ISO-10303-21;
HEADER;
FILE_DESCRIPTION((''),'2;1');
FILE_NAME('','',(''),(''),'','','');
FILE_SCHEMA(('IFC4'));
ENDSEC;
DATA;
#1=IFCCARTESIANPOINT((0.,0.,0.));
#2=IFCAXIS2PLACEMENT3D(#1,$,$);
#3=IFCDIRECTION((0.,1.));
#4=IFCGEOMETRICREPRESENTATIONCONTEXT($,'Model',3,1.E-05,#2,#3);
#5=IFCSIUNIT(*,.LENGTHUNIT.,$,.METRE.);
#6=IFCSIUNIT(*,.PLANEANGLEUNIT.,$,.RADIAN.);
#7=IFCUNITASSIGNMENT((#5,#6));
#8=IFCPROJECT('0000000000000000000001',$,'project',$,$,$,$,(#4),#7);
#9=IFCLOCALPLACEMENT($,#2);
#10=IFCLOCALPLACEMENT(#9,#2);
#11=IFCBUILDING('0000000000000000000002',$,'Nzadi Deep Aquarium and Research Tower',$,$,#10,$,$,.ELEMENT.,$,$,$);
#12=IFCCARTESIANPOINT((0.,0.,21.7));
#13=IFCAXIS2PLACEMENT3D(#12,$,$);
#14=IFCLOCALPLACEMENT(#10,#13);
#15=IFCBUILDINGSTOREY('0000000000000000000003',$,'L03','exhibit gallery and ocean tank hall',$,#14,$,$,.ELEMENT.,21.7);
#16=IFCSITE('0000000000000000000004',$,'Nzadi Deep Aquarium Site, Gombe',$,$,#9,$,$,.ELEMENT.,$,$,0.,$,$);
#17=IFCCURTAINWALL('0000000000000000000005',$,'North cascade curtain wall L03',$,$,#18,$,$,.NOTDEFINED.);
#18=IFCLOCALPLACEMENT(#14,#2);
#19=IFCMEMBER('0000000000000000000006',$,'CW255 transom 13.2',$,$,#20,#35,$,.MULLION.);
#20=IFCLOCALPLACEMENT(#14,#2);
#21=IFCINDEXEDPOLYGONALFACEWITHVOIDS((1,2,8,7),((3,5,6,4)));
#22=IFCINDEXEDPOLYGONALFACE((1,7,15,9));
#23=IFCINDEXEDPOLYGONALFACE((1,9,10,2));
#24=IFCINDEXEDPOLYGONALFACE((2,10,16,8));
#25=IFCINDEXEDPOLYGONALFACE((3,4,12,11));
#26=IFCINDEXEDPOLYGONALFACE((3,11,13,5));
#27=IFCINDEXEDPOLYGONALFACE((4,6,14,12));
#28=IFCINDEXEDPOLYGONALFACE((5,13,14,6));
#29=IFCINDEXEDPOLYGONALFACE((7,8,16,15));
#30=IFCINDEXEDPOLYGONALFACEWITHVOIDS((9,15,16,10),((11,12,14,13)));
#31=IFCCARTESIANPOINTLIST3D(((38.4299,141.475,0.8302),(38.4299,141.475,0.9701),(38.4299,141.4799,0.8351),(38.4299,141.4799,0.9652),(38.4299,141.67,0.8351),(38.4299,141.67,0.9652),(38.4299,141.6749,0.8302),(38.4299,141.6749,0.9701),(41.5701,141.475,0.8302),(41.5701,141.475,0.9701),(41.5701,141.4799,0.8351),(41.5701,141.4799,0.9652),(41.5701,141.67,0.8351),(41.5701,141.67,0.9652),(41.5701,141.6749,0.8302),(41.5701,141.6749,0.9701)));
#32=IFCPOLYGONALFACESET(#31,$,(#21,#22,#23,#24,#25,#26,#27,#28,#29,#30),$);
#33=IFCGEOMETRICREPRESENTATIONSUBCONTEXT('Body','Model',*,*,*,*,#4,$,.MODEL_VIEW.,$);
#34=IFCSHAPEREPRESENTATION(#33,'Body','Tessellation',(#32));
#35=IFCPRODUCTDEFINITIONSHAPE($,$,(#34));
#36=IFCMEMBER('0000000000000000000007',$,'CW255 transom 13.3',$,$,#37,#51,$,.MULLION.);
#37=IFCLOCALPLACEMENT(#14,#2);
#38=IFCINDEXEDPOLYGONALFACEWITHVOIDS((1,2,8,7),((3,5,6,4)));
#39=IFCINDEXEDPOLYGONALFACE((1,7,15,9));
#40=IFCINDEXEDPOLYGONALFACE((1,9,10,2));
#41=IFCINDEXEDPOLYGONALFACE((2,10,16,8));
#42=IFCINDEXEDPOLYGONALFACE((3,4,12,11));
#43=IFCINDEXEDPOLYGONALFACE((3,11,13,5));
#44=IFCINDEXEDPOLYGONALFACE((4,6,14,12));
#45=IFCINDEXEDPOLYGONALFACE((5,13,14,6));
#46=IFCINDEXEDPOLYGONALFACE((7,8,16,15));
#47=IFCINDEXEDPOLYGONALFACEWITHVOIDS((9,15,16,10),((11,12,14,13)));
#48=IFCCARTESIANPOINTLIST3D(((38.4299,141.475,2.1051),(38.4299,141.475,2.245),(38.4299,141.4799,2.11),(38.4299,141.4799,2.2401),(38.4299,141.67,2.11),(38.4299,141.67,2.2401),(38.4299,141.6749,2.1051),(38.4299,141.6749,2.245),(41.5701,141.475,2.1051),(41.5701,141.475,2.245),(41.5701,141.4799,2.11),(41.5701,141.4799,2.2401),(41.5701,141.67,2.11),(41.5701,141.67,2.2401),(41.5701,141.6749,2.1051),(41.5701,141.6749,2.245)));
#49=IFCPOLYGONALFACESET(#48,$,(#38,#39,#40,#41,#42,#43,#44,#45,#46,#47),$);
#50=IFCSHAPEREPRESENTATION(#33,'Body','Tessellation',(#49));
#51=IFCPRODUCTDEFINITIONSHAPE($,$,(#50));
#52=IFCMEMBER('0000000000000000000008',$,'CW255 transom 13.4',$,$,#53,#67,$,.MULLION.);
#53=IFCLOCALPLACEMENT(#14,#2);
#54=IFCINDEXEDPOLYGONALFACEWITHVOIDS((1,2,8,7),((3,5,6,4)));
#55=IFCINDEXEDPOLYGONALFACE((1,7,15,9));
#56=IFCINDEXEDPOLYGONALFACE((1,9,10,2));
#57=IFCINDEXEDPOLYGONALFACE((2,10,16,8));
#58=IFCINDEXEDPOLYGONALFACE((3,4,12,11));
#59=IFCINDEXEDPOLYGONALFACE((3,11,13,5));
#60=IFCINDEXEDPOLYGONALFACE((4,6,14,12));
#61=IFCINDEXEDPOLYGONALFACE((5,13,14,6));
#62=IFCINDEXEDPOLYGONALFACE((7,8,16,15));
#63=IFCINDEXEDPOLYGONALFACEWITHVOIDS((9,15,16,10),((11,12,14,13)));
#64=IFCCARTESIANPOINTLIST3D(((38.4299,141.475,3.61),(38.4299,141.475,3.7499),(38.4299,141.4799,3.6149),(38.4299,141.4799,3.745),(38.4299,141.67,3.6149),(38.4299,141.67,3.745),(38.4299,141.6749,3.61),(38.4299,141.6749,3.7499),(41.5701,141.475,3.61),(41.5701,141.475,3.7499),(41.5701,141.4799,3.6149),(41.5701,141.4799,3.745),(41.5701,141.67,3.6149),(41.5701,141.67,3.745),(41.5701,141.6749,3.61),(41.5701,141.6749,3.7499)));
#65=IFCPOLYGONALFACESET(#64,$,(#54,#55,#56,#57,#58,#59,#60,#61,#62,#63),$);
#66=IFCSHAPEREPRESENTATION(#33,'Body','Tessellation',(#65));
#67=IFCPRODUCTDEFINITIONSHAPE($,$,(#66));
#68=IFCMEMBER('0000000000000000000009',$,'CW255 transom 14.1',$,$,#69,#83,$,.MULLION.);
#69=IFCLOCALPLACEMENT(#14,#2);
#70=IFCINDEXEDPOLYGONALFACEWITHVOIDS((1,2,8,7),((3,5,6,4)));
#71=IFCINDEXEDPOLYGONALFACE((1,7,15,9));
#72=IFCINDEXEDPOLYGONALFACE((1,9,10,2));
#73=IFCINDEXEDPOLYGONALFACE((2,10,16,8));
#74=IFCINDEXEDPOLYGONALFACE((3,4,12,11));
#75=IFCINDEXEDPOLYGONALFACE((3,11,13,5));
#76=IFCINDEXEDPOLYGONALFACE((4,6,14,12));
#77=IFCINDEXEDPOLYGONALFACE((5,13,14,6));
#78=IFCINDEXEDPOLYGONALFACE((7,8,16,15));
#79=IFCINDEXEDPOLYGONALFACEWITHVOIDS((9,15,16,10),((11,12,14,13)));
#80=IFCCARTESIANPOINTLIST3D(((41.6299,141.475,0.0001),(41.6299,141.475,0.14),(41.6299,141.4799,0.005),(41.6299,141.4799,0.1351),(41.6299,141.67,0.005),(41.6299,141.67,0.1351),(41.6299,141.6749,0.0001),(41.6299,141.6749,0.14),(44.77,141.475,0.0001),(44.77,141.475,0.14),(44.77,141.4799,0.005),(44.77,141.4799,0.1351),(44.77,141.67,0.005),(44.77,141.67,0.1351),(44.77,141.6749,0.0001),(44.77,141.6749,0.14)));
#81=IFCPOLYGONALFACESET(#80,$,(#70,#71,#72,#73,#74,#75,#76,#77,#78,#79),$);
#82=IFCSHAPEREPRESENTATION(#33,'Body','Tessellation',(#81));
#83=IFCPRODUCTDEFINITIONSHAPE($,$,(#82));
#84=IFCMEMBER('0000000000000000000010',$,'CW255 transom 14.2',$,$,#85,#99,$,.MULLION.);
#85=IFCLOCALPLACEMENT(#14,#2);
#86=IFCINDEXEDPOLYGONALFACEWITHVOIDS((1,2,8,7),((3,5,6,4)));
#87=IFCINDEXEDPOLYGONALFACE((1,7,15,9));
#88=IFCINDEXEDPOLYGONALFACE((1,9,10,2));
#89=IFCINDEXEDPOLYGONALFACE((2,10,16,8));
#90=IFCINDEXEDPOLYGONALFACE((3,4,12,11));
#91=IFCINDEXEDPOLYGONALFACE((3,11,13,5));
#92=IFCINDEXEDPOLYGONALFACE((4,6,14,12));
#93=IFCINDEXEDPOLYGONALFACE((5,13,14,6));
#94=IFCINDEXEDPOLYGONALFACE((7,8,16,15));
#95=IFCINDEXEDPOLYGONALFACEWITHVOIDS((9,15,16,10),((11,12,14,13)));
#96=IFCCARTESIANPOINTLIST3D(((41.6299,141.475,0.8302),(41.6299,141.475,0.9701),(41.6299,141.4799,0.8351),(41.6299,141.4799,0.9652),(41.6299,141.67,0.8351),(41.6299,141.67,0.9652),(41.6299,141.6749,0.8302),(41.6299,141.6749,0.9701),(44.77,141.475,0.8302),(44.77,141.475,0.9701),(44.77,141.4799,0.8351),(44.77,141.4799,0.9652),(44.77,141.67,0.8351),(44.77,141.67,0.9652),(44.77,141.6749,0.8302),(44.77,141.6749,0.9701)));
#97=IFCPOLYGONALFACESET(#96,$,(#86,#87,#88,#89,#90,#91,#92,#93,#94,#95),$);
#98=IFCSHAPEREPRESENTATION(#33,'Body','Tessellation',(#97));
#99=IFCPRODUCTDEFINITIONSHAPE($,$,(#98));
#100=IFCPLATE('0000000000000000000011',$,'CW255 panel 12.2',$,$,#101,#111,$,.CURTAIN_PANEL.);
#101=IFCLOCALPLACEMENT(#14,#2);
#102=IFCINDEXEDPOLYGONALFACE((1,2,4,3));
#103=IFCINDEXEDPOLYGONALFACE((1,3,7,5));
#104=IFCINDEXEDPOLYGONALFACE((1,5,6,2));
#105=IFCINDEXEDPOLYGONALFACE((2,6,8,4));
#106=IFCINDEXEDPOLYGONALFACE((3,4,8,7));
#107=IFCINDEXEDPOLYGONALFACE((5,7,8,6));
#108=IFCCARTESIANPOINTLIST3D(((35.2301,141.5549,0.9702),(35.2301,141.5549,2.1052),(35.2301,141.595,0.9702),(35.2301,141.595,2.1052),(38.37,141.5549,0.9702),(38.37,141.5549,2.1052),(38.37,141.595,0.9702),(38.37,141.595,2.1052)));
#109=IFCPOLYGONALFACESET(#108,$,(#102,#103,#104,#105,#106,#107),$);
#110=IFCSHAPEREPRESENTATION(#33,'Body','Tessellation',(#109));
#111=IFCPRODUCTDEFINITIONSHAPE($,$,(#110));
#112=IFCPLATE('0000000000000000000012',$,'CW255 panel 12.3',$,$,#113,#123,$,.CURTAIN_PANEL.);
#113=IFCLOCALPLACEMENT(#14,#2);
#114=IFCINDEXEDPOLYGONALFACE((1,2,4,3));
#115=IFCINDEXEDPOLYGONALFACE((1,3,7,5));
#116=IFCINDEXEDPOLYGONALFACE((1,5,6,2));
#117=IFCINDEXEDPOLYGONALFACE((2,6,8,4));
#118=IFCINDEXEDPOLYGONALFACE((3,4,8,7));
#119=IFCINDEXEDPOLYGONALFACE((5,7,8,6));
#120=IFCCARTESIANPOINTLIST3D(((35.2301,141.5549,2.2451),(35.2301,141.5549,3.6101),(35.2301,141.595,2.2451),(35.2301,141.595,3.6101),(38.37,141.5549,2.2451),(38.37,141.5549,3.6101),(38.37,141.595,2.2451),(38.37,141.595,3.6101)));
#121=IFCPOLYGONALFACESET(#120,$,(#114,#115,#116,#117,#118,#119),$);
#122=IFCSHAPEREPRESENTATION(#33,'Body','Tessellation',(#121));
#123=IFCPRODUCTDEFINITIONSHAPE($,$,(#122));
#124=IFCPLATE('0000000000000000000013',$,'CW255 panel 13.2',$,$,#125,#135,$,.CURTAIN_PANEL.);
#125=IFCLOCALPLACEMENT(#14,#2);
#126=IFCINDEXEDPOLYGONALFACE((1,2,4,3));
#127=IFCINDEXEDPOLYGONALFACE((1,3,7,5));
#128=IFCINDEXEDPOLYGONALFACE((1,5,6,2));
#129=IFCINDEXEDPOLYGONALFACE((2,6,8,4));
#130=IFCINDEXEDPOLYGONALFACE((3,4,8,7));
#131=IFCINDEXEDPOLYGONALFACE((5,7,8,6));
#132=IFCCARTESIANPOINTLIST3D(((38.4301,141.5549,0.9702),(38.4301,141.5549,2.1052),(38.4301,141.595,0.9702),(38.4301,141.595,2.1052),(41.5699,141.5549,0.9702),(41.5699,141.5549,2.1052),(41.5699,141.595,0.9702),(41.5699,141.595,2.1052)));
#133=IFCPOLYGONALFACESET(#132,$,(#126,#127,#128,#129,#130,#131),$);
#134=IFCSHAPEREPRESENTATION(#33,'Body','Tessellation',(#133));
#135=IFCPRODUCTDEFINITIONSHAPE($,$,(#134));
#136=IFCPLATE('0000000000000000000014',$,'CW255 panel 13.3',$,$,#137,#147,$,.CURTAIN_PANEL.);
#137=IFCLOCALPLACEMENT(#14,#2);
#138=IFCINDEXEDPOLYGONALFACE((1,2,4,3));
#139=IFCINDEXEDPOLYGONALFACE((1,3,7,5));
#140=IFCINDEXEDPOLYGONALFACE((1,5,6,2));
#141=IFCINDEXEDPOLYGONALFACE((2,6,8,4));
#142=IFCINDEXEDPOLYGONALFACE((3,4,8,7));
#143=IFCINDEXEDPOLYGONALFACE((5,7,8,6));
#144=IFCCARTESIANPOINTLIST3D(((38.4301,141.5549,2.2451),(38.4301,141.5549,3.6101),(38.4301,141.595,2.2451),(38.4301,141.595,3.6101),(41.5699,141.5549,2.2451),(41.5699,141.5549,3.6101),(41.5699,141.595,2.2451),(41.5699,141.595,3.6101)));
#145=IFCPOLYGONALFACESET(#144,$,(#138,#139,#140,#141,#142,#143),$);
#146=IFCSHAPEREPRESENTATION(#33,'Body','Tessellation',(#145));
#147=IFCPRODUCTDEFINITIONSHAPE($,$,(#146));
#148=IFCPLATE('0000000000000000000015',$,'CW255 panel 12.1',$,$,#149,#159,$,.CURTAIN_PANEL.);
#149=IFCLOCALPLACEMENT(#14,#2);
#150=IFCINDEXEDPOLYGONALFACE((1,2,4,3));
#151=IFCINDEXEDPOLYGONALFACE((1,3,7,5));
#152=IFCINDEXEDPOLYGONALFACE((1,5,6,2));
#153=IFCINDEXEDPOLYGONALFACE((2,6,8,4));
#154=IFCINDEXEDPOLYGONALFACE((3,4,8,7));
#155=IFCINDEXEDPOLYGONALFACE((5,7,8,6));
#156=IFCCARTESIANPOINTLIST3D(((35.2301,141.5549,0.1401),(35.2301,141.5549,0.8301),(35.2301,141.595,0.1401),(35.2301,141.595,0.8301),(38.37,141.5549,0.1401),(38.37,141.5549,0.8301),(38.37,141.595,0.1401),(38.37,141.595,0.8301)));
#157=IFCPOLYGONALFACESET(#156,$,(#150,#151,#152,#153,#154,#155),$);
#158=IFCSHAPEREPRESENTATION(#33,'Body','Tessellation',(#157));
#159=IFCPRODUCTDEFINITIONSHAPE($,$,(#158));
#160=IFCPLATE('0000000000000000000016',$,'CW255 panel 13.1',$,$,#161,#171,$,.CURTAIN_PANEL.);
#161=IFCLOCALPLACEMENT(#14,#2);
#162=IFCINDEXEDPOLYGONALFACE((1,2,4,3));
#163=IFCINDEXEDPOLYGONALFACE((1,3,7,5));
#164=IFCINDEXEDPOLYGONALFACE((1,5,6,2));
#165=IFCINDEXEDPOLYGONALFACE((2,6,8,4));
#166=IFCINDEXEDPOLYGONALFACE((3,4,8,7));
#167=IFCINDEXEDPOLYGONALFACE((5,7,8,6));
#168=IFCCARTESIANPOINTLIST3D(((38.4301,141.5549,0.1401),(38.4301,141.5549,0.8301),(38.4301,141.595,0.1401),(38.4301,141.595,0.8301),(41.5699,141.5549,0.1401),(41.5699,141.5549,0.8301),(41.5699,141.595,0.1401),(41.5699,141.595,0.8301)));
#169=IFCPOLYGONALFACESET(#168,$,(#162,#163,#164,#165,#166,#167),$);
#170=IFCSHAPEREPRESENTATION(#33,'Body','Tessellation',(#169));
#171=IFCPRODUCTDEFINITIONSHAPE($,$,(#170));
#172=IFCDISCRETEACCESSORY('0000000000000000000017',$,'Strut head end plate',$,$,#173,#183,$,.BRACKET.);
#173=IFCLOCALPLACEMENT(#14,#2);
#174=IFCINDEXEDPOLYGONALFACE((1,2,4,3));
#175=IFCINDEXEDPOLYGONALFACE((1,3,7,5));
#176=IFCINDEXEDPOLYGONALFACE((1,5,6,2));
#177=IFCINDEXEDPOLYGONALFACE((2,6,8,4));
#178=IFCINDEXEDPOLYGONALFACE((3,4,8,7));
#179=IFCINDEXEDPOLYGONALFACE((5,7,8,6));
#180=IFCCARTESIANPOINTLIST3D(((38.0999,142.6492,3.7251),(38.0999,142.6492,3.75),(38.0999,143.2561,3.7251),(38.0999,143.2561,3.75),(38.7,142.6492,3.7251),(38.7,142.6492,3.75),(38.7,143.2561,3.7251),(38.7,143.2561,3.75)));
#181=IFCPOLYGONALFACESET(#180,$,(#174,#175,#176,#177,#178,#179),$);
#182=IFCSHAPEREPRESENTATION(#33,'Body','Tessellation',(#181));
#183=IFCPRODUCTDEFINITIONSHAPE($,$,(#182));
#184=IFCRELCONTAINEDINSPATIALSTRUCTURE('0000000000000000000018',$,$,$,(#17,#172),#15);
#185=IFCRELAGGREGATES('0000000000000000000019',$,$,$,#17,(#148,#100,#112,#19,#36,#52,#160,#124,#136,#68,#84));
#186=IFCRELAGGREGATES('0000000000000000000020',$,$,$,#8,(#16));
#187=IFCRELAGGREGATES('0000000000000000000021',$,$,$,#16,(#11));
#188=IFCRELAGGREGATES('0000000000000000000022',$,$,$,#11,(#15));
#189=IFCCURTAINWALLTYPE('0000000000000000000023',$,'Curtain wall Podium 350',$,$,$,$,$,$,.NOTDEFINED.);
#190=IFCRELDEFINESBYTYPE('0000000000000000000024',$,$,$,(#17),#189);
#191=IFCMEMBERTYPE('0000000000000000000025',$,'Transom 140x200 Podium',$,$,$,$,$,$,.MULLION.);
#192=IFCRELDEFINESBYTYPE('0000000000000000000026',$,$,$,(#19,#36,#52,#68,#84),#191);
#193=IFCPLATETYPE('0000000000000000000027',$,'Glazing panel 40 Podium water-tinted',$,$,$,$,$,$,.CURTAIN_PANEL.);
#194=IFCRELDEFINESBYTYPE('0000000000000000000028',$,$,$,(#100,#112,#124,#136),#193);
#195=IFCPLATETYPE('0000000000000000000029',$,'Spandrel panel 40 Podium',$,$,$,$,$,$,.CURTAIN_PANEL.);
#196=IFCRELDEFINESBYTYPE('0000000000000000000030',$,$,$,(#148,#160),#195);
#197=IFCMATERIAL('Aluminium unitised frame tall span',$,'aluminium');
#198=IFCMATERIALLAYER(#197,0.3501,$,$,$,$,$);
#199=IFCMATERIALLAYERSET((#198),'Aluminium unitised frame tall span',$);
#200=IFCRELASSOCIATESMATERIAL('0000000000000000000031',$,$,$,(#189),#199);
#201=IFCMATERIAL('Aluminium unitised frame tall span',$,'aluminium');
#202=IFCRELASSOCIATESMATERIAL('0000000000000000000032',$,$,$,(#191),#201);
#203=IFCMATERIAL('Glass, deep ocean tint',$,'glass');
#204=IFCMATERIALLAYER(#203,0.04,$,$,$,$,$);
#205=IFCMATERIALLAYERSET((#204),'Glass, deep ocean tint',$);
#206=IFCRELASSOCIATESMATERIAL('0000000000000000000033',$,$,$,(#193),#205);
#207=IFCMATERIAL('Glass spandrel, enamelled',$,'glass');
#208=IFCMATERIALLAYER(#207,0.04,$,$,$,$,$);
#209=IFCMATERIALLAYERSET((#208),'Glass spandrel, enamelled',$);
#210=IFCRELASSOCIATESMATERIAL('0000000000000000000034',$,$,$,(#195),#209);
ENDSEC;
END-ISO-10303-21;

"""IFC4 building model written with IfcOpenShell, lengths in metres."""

from ifc_helpers import new_model, si_unit, direction, frame, origin, origin_2d, place, context, subcontext, project, spatial, rectangle, hollow_rectangle, extrude, material, layer, layer_set, material_profile, profile_set, type_object, element, aggregate, save


model = new_model("IFC4")

# Units and contexts
model_context = context("Model", 3, precision=1e-05, world=origin(), true_north=direction((0.0, 1.0)))
body_context = subcontext(model_context, "Body", "Model", "MODEL_VIEW")
ifc_project = project(units=[si_unit("LENGTHUNIT", "METRE"), si_unit("PLANEANGLEUNIT", "RADIAN")], contexts=[model_context])

# Site, building, storey
site_placement = place(None, origin())
site = spatial("IfcSite", under=ifc_project, at=site_placement, Name="Nzadi Deep Aquarium Site, Gombe", CompositionType="ELEMENT", RefElevation=0.0)
building_placement = place(site_placement, origin())
building = spatial("IfcBuilding", under=site, at=building_placement, Name="Nzadi Deep Aquarium and Research Tower", CompositionType="ELEMENT")
storey_placement = place(building_placement, frame((0.0, 0.0, 21.7)))
storey = spatial("IfcBuildingStorey", under=building, at=storey_placement, Name="L03", Description="exhibit gallery and ocean tank hall", CompositionType="ELEMENT", Elevation=21.7)

# Curtain wall
ifc_material_1 = material(Name="Aluminium unitised frame tall span", Category="aluminium")
ifc_layer_1 = layer(ifc_material_1, 0.3501)
ifc_layer_set_1 = layer_set([ifc_layer_1], Name="Aluminium unitised frame tall span")
curtain_wall_type = type_object("IfcCurtainWallType", Name="Curtain wall Podium 350", PredefinedType="NOTDEFINED", material=ifc_layer_set_1)
curtain_wall_placement = place(storey_placement, origin())
curtain_wall = element("IfcCurtainWall", 1, at=curtain_wall_placement, inside=storey, type_object=curtain_wall_type, Name="North cascade curtain wall L03", PredefinedType="NOTDEFINED")

# Members
ifc_material_2 = material(Name="Aluminium unitised frame tall span", Category="aluminium")
ifc_material_profile_1 = material_profile(ifc_material_2, hollow_rectangle(XDim=0.2, YDim=0.1399, WallThickness=0.0049, at=origin_2d()))
ifc_profile_set_1 = profile_set([ifc_material_profile_1], Name="Aluminium unitised frame tall span")
member_type_1 = type_object("IfcMemberType", Name="Transom 140x200 Podium", PredefinedType="MULLION", material=ifc_profile_set_1)
member_1_placement = place(storey_placement, frame((38.4299, 141.575, 0.9001), z_axis=(1.0, 0.0, 0.0), x_axis=(0.0, 1.0, 0.0)))
member_1 = element("IfcMember", 2, at=member_1_placement, type_object=member_type_1, Name="CW255 transom 13.2", PredefinedType="MULLION", context=body_context, shape_type="SweptSolid", body=[
    extrude(hollow_rectangle(XDim=0.2, YDim=0.1399, WallThickness=0.0049, at=origin_2d()), origin(), (0.0, 0.0, 1.0), 3.1401),
])
member_2_placement = place(storey_placement, frame((38.4299, 141.575, 2.175), z_axis=(1.0, 0.0, 0.0), x_axis=(0.0, 1.0, 0.0)))
member_2 = element("IfcMember", 3, at=member_2_placement, type_object=member_type_1, Name="CW255 transom 13.3", PredefinedType="MULLION", context=body_context, shape_type="SweptSolid", body=[
    extrude(hollow_rectangle(XDim=0.2, YDim=0.1399, WallThickness=0.0049, at=origin_2d()), origin(), (0.0, 0.0, 1.0), 3.1401),
])
member_3_placement = place(storey_placement, frame((38.4299, 141.575, 3.6799), z_axis=(1.0, 0.0, 0.0), x_axis=(0.0, 1.0, 0.0)))
member_3 = element("IfcMember", 4, at=member_3_placement, type_object=member_type_1, Name="CW255 transom 13.4", PredefinedType="MULLION", context=body_context, shape_type="SweptSolid", body=[
    extrude(hollow_rectangle(XDim=0.2, YDim=0.1399, WallThickness=0.0049, at=origin_2d()), origin(), (0.0, 0.0, 1.0), 3.1401),
])
member_4_placement = place(storey_placement, frame((41.6299, 141.575, 0.0701), z_axis=(1.0, 0.0, 0.0), x_axis=(0.0, 1.0, 0.0)))
member_4 = element("IfcMember", 5, at=member_4_placement, type_object=member_type_1, Name="CW255 transom 14.1", PredefinedType="MULLION", context=body_context, shape_type="SweptSolid", body=[
    extrude(hollow_rectangle(XDim=0.2, YDim=0.1399, WallThickness=0.0049, at=origin_2d()), origin(), (0.0, 0.0, 1.0), 3.1401),
])
member_5_placement = place(storey_placement, frame((41.6299, 141.575, 0.9001), z_axis=(1.0, 0.0, 0.0), x_axis=(0.0, 1.0, 0.0)))
member_5 = element("IfcMember", 6, at=member_5_placement, type_object=member_type_1, Name="CW255 transom 14.2", PredefinedType="MULLION", context=body_context, shape_type="SweptSolid", body=[
    extrude(hollow_rectangle(XDim=0.2, YDim=0.1399, WallThickness=0.0049, at=origin_2d()), origin(), (0.0, 0.0, 1.0), 3.1401),
])

# Plates
ifc_material_3 = material(Name="Glass, deep ocean tint", Category="glass")
ifc_layer_2 = layer(ifc_material_3, 0.04)
ifc_layer_set_2 = layer_set([ifc_layer_2], Name="Glass, deep ocean tint")
plate_type_1 = type_object("IfcPlateType", Name="Glazing panel 40 Podium water-tinted", PredefinedType="CURTAIN_PANEL", material=ifc_layer_set_2)
plate_1_placement = place(storey_placement, frame((36.8, 141.575, 0.9702), z_axis=(0.0, 0.0, 1.0), x_axis=(1.0, 0.0, 0.0)))
plate_1 = element("IfcPlate", 7, at=plate_1_placement, type_object=plate_type_1, Name="CW255 panel 12.2", PredefinedType="CURTAIN_PANEL", context=body_context, shape_type="SweptSolid", body=[
    extrude(rectangle(XDim=3.1399, YDim=0.04, at=origin_2d()), origin(), (0.0, 0.0, 1.0), 1.135),
])
plate_2_placement = place(storey_placement, frame((36.8, 141.575, 2.2451), z_axis=(0.0, 0.0, 1.0), x_axis=(1.0, 0.0, 0.0)))
plate_2 = element("IfcPlate", 8, at=plate_2_placement, type_object=plate_type_1, Name="CW255 panel 12.3", PredefinedType="CURTAIN_PANEL", context=body_context, shape_type="SweptSolid", body=[
    extrude(rectangle(XDim=3.1399, YDim=0.04, at=origin_2d()), origin(), (0.0, 0.0, 1.0), 1.365),
])
plate_3_placement = place(storey_placement, frame((40.0, 141.575, 0.9702), z_axis=(0.0, 0.0, 1.0), x_axis=(1.0, 0.0, 0.0)))
plate_3 = element("IfcPlate", 9, at=plate_3_placement, type_object=plate_type_1, Name="CW255 panel 13.2", PredefinedType="CURTAIN_PANEL", context=body_context, shape_type="SweptSolid", body=[
    extrude(rectangle(XDim=3.1399, YDim=0.04, at=origin_2d()), origin(), (0.0, 0.0, 1.0), 1.135),
])
plate_4_placement = place(storey_placement, frame((40.0, 141.575, 2.2451), z_axis=(0.0, 0.0, 1.0), x_axis=(1.0, 0.0, 0.0)))
plate_4 = element("IfcPlate", 10, at=plate_4_placement, type_object=plate_type_1, Name="CW255 panel 13.3", PredefinedType="CURTAIN_PANEL", context=body_context, shape_type="SweptSolid", body=[
    extrude(rectangle(XDim=3.1399, YDim=0.04, at=origin_2d()), origin(), (0.0, 0.0, 1.0), 1.365),
])
ifc_material_4 = material(Name="Glass spandrel, enamelled", Category="glass")
ifc_layer_3 = layer(ifc_material_4, 0.04)
ifc_layer_set_3 = layer_set([ifc_layer_3], Name="Glass spandrel, enamelled")
plate_type_2 = type_object("IfcPlateType", Name="Spandrel panel 40 Podium", PredefinedType="CURTAIN_PANEL", material=ifc_layer_set_3)
plate_5_placement = place(storey_placement, frame((36.8, 141.575, 0.1401), z_axis=(0.0, 0.0, 1.0), x_axis=(1.0, 0.0, 0.0)))
plate_5 = element("IfcPlate", 11, at=plate_5_placement, type_object=plate_type_2, Name="CW255 panel 12.1", PredefinedType="CURTAIN_PANEL", context=body_context, shape_type="SweptSolid", body=[
    extrude(rectangle(XDim=3.1399, YDim=0.04, at=origin_2d()), origin(), (0.0, 0.0, 1.0), 0.6899),
])
plate_6_placement = place(storey_placement, frame((40.0, 141.575, 0.1401), z_axis=(0.0, 0.0, 1.0), x_axis=(1.0, 0.0, 0.0)))
plate_6 = element("IfcPlate", 12, at=plate_6_placement, type_object=plate_type_2, Name="CW255 panel 13.1", PredefinedType="CURTAIN_PANEL", context=body_context, shape_type="SweptSolid", body=[
    extrude(rectangle(XDim=3.1399, YDim=0.04, at=origin_2d()), origin(), (0.0, 0.0, 1.0), 0.6899),
])
aggregate(curtain_wall, [plate_5, plate_1, plate_2, member_1, member_2, member_3, plate_6, plate_3, plate_4, member_4, member_5])

# Discrete accessory
discrete_accessory_placement = place(storey_placement, frame((38.3999, 142.9526, 3.7251), z_axis=(0.0, 0.0, 1.0), x_axis=(1.0, 0.0, 0.0)))
element("IfcDiscreteAccessory", 13, at=discrete_accessory_placement, inside=storey, Name="Strut head end plate", PredefinedType="BRACKET", context=body_context, shape_type="SweptSolid", body=[
    extrude(rectangle(XDim=0.6001, YDim=0.6069, at=origin_2d()), origin(), (0.0, 0.0, 1.0), 0.0249),
])

save(model, "model.ifc")
